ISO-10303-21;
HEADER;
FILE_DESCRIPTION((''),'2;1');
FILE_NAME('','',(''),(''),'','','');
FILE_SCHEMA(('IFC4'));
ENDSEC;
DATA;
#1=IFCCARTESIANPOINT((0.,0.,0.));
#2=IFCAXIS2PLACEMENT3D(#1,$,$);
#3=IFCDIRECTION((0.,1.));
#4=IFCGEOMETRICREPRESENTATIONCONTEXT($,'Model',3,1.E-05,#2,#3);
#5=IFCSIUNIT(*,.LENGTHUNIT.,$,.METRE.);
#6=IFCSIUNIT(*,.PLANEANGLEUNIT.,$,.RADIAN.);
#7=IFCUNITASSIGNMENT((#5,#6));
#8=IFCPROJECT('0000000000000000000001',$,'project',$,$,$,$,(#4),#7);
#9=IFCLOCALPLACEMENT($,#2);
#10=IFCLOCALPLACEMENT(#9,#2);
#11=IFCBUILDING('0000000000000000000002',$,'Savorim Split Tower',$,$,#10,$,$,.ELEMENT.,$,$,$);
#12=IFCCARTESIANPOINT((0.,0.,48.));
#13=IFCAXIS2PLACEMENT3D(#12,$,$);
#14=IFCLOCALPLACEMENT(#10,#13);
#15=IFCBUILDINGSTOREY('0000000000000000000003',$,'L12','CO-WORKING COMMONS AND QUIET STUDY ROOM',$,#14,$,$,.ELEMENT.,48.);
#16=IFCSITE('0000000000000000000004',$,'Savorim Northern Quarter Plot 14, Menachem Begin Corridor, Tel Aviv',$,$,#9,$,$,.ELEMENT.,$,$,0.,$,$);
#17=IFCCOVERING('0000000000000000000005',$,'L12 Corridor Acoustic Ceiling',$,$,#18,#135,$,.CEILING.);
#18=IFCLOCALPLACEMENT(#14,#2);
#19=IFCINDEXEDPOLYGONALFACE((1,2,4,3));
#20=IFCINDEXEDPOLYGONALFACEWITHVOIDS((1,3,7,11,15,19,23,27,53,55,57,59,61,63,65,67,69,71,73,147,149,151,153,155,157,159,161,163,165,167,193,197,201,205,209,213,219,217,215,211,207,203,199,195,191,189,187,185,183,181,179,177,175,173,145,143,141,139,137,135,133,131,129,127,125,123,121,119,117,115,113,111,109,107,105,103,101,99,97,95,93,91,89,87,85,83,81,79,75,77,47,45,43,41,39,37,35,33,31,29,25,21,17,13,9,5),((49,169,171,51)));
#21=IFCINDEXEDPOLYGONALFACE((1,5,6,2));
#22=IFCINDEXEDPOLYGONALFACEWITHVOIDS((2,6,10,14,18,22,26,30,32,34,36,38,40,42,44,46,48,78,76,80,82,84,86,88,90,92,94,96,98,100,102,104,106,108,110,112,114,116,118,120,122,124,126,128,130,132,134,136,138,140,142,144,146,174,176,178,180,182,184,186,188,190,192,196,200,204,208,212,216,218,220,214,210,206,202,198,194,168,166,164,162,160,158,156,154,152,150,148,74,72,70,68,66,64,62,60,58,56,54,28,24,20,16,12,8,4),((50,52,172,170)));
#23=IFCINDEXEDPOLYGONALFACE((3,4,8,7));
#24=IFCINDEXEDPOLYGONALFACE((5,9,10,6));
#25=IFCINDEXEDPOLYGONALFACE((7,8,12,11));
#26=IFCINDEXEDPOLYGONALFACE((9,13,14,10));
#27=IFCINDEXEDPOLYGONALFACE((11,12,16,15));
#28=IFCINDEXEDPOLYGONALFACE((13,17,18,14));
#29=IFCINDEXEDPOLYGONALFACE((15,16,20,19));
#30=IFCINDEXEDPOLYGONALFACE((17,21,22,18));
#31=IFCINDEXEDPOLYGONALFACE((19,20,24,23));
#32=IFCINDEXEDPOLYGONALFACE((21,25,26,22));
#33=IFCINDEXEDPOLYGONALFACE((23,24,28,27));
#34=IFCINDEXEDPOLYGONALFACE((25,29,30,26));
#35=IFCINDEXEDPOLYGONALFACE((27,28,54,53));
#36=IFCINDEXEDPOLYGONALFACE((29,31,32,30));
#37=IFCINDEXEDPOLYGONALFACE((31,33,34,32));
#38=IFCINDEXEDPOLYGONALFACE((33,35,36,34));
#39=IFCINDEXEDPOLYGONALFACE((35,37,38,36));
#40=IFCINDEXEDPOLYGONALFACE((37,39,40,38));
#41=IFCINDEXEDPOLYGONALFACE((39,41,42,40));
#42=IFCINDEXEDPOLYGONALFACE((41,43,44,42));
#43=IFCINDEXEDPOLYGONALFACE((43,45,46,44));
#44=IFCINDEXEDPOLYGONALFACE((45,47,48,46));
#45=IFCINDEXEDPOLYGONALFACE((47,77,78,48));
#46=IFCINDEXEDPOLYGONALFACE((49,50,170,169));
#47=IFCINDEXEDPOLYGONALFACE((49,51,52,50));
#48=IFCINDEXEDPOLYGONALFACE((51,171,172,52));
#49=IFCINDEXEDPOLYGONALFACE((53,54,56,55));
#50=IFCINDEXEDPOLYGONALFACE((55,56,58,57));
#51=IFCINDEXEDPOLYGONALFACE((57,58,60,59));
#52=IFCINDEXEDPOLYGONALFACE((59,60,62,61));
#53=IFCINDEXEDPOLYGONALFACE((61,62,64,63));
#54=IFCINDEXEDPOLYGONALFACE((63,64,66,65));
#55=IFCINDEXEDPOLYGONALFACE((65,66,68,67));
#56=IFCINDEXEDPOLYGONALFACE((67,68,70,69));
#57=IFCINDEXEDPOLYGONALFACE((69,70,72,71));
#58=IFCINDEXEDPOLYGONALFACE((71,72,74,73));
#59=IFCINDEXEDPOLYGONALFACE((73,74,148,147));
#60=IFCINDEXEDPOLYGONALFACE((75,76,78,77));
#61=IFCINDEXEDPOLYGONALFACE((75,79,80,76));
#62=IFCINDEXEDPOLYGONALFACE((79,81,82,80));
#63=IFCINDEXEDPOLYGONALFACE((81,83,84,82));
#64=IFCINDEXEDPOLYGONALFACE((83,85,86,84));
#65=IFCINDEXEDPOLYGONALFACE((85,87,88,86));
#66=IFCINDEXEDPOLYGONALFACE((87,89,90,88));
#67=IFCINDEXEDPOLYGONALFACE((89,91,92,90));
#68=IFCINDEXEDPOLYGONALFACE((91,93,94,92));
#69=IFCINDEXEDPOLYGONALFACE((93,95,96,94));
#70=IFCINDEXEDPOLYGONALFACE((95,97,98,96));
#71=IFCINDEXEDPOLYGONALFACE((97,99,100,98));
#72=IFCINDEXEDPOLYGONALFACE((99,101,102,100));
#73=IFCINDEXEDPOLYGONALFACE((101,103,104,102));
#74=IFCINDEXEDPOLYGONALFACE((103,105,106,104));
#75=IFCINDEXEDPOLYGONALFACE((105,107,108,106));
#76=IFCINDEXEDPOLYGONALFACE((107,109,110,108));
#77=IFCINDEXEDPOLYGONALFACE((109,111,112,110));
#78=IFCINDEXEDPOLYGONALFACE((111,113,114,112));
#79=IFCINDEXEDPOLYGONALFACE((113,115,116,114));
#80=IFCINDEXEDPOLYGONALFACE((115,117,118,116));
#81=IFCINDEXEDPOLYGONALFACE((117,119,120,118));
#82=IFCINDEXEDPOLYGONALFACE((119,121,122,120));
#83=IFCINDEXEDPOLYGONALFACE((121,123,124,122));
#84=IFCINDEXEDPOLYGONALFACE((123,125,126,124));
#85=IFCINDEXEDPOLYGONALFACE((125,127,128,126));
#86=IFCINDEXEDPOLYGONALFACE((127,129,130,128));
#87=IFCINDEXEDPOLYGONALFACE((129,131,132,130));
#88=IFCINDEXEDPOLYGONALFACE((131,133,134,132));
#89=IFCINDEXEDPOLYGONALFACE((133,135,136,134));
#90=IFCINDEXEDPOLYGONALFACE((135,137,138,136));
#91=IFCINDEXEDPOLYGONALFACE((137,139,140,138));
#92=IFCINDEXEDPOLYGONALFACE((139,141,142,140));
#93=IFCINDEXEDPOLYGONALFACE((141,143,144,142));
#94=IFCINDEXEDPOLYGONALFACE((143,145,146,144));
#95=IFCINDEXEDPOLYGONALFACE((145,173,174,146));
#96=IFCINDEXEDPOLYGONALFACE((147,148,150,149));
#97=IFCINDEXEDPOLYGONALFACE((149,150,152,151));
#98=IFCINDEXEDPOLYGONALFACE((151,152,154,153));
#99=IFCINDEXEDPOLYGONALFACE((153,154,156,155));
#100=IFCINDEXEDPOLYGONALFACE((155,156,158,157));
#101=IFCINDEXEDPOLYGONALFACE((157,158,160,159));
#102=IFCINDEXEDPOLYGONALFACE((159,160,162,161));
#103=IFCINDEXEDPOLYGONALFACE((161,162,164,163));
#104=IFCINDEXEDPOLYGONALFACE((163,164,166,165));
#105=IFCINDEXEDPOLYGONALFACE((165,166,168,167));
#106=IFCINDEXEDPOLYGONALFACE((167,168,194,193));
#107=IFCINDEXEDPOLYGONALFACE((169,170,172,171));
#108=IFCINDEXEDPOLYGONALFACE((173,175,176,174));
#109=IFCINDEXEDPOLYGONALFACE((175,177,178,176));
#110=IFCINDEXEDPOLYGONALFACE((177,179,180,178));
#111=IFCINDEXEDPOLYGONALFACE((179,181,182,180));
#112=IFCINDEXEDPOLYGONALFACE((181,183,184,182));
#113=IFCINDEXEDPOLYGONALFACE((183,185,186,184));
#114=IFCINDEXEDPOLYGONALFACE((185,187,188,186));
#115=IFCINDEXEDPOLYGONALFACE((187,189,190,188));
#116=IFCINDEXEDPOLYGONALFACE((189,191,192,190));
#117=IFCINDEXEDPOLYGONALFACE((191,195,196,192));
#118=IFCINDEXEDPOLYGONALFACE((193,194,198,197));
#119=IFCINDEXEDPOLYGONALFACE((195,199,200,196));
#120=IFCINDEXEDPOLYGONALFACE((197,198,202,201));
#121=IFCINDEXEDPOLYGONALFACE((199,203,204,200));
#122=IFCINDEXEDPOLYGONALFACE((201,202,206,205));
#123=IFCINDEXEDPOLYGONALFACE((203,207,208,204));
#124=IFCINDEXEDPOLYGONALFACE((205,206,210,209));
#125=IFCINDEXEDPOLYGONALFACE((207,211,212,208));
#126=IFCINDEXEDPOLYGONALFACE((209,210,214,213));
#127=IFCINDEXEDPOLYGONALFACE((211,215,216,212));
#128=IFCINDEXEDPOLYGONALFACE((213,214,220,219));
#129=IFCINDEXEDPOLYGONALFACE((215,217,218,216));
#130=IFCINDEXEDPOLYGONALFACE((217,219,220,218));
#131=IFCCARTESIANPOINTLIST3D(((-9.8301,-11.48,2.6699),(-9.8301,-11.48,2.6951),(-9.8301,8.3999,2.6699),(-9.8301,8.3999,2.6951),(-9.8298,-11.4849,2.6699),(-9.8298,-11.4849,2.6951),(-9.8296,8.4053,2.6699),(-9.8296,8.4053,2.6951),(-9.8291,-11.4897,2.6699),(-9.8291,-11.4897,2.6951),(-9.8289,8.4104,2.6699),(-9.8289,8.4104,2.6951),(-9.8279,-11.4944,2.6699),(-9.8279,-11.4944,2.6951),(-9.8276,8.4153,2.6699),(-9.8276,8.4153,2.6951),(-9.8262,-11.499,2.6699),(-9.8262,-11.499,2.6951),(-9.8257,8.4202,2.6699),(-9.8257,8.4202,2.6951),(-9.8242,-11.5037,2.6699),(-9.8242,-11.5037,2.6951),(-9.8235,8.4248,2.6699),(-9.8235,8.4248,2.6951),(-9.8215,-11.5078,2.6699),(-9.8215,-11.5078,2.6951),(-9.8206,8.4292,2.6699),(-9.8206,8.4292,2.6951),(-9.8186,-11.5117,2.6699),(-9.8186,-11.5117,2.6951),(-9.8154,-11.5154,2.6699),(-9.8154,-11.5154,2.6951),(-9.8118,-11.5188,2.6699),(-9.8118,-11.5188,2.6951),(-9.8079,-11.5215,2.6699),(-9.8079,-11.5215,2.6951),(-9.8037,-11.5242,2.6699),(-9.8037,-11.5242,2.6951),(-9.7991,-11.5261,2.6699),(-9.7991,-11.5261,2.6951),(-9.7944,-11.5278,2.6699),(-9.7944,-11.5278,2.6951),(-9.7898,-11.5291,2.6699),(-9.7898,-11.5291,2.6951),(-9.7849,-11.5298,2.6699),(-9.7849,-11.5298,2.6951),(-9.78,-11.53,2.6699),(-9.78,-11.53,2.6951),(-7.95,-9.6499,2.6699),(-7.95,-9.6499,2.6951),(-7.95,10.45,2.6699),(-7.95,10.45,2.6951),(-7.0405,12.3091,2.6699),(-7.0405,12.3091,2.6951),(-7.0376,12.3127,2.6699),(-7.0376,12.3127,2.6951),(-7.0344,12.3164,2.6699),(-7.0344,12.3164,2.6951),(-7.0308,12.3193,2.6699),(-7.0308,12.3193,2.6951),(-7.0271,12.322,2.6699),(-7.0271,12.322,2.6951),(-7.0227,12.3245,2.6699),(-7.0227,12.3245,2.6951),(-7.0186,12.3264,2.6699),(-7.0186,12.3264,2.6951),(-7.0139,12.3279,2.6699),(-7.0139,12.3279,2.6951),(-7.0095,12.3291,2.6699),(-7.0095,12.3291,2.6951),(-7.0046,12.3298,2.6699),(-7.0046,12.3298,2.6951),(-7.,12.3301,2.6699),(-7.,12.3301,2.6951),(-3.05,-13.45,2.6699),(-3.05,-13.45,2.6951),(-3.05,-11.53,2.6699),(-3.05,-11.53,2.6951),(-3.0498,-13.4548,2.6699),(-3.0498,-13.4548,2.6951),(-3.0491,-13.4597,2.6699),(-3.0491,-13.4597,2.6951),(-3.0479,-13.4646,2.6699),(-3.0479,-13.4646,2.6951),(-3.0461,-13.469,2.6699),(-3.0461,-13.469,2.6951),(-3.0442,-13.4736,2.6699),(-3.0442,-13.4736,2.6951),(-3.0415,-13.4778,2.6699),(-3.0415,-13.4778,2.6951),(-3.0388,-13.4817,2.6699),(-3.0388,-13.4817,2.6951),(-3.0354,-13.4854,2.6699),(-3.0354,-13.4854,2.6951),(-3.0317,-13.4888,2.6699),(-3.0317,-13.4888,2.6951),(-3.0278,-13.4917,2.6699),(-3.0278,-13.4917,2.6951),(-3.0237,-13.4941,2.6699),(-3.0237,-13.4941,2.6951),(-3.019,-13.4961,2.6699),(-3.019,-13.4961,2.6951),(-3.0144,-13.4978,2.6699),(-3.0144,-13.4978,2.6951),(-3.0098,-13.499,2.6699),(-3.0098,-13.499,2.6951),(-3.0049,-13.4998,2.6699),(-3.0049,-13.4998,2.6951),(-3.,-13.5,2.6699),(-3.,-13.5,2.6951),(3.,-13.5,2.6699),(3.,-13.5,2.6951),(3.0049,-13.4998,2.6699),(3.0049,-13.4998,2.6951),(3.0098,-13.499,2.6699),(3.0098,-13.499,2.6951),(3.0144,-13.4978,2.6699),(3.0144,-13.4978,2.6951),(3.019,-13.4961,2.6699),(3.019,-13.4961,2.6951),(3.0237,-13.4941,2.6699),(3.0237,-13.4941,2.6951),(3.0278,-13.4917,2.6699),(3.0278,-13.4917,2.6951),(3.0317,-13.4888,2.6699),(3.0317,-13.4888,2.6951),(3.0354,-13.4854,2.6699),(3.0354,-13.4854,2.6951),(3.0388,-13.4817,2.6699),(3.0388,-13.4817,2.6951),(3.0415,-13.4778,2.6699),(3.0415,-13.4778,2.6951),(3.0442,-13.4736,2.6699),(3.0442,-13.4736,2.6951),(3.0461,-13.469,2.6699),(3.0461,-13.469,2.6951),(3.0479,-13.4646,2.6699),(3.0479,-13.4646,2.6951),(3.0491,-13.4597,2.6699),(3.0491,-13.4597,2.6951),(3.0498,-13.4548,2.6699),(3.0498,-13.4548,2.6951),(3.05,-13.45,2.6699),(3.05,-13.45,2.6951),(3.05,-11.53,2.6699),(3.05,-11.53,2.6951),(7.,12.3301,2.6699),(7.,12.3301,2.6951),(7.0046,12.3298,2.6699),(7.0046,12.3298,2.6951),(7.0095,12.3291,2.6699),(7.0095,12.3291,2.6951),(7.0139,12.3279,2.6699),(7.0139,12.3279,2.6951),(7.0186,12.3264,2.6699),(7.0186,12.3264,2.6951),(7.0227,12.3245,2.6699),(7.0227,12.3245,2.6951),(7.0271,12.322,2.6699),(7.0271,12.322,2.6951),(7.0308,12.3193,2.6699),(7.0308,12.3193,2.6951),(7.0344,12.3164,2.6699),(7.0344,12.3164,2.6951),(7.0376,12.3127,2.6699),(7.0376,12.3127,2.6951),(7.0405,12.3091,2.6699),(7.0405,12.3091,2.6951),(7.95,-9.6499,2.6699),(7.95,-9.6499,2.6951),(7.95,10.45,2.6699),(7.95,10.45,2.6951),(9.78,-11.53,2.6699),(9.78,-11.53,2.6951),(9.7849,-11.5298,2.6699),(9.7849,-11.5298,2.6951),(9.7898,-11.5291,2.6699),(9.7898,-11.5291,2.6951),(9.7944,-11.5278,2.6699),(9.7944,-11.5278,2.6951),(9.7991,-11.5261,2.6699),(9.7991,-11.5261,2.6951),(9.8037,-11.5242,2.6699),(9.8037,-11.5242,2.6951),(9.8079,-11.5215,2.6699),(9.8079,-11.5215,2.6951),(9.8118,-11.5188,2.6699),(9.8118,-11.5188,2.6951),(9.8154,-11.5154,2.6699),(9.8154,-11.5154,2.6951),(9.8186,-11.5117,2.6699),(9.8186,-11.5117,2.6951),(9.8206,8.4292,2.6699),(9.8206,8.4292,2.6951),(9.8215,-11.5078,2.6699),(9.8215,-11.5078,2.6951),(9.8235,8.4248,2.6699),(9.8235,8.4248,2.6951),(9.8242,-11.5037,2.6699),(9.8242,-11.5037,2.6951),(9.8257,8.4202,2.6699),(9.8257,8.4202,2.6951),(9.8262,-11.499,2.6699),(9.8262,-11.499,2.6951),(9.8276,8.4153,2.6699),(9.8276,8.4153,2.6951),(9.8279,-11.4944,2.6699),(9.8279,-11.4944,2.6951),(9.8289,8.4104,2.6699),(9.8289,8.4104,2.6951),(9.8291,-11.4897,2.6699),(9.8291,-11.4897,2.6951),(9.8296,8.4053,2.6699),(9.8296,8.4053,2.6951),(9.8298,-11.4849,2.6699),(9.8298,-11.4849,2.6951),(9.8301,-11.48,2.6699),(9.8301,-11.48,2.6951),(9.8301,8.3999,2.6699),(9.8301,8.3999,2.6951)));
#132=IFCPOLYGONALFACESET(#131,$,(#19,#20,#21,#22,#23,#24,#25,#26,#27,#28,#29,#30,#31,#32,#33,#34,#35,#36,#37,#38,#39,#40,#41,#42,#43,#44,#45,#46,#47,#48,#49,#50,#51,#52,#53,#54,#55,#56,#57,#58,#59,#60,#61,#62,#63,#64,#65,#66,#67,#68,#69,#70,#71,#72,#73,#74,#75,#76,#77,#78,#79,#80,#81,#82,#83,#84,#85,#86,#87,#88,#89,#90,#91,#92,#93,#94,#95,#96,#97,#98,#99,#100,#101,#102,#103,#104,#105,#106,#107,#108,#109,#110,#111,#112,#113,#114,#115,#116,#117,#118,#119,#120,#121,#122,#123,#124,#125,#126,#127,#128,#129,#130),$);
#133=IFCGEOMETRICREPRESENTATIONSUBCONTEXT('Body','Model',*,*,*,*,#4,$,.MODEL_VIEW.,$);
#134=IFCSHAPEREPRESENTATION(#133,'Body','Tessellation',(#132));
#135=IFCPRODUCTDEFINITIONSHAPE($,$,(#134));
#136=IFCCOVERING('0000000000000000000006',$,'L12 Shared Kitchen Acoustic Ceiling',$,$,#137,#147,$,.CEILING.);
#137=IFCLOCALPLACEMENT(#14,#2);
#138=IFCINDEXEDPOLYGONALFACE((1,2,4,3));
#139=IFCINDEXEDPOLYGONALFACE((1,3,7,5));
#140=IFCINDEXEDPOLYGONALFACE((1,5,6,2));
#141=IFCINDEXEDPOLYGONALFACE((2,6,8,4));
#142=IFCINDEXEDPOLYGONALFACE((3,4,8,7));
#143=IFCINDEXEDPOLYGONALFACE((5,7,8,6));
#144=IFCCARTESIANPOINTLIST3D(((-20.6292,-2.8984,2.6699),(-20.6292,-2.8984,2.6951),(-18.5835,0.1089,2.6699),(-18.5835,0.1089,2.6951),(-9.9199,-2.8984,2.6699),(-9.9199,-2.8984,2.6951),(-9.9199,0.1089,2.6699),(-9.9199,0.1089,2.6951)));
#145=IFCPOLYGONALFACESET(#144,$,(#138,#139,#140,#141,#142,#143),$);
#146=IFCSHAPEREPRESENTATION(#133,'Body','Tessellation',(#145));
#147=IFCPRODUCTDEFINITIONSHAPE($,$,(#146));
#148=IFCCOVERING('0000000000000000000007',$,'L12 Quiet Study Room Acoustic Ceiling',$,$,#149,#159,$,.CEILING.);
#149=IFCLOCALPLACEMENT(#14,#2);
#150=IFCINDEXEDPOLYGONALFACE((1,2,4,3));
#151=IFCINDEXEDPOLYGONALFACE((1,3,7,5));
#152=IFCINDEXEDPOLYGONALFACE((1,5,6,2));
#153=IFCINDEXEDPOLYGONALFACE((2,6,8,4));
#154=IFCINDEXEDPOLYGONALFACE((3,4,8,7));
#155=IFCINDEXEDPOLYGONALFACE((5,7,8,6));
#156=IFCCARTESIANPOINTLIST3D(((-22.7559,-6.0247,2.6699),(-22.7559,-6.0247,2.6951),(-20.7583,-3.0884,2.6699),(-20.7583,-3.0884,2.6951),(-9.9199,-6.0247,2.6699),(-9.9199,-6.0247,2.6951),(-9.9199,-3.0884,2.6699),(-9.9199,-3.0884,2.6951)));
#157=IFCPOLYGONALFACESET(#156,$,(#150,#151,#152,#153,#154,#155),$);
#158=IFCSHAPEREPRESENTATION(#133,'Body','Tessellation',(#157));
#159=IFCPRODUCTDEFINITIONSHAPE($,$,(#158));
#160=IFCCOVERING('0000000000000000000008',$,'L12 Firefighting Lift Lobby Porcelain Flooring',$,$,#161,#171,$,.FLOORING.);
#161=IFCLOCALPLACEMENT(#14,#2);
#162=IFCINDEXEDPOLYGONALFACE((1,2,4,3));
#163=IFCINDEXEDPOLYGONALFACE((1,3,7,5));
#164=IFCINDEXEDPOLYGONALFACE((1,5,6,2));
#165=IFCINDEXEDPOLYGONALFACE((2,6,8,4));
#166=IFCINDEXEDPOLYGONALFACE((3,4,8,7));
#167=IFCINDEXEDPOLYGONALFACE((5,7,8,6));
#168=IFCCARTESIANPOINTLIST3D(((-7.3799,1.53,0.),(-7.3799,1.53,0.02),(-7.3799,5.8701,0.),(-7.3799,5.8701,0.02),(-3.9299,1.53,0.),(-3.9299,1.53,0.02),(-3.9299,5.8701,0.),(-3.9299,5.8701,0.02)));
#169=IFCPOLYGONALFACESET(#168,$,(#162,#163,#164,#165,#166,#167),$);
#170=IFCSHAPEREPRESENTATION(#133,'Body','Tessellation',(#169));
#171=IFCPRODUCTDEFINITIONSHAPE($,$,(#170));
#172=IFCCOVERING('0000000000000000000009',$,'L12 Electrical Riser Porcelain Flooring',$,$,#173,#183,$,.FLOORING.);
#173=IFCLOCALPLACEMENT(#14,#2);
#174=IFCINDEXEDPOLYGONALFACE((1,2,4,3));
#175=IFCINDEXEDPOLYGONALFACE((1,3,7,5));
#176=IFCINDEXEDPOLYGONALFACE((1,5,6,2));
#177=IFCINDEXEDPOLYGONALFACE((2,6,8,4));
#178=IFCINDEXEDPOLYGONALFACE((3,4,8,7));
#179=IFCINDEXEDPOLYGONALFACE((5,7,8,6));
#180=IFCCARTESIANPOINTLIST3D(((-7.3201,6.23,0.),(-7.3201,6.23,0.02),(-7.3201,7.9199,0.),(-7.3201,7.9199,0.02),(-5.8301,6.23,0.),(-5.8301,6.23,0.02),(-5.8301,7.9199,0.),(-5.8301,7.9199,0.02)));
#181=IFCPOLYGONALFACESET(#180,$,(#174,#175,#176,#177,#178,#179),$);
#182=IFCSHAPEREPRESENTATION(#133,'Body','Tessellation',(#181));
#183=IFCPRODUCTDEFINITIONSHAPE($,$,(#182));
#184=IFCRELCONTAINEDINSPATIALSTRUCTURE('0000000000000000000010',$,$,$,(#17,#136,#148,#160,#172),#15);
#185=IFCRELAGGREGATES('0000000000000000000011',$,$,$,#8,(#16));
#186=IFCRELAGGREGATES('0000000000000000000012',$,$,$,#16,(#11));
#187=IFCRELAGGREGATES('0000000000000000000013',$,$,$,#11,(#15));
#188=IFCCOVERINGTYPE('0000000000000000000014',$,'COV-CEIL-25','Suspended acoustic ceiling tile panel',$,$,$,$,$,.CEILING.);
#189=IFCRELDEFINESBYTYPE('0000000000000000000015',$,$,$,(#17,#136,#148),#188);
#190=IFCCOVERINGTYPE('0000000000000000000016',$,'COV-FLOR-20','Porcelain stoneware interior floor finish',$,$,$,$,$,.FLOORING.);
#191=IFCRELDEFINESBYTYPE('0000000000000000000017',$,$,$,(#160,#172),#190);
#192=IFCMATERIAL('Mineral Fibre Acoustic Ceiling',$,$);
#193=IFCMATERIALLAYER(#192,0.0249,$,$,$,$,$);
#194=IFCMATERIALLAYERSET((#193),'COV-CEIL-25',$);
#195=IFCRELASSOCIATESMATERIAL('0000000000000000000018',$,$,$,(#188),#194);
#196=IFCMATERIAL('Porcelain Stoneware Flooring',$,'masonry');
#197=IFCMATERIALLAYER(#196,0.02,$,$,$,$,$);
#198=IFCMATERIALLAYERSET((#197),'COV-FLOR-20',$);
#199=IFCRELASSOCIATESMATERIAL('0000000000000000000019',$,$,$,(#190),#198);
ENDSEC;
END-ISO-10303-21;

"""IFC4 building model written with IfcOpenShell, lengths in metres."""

from ifc_helpers import new_model, si_unit, direction, frame, origin, place, context, subcontext, project, spatial, polyline, outline, extrude, material, layer, layer_set, type_object, element, save


model = new_model("IFC4")

# Units and contexts
model_context = context("Model", 3, precision=1e-05, world=origin(), true_north=direction((0.0, 1.0)))
body_context = subcontext(model_context, "Body", "Model", "MODEL_VIEW")
ifc_project = project(units=[si_unit("LENGTHUNIT", "METRE"), si_unit("PLANEANGLEUNIT", "RADIAN")], contexts=[model_context])

# Site, building, storey
site_placement = place(None, origin())
site = spatial("IfcSite", under=ifc_project, at=site_placement, Name="Savorim Northern Quarter Plot 14, Menachem Begin Corridor, Tel Aviv", CompositionType="ELEMENT", RefElevation=0.0)
building_placement = place(site_placement, origin())
building = spatial("IfcBuilding", under=site, at=building_placement, Name="Savorim Split Tower", CompositionType="ELEMENT")
storey_placement = place(building_placement, frame((0.0, 0.0, 48.0)))
storey = spatial("IfcBuildingStorey", under=building, at=storey_placement, Name="L12", Description="CO-WORKING COMMONS AND QUIET STUDY ROOM", CompositionType="ELEMENT", Elevation=48.0)

# Coverings
ifc_material_1 = material(Name="Mineral Fibre Acoustic Ceiling")
ifc_layer_1 = layer(ifc_material_1, 0.0249)
ifc_layer_set_1 = layer_set([ifc_layer_1], Name="COV-CEIL-25")
covering_type_1 = type_object("IfcCoveringType", Name="COV-CEIL-25", Description="Suspended acoustic ceiling tile panel", PredefinedType="CEILING", material=ifc_layer_set_1)
covering_1_placement = place(storey_placement, frame((0.0, 0.0, 2.6699)))
element("IfcCovering", 1, at=covering_1_placement, inside=storey, type_object=covering_type_1, Name="L12 Corridor Acoustic Ceiling", PredefinedType="CEILING", context=body_context, shape_type="SweptSolid", body=[
    extrude(outline(polyline([(7.0095, 12.3291), (7.0046, 12.3298), (7.0, 12.3301), (-7.0, 12.3301), (-7.0046, 12.3298), (-7.0095, 12.3291), (-7.0139, 12.3279), (-7.0186, 12.3264), (-7.0227, 12.3245), (-7.0271, 12.322), (-7.0308, 12.3193), (-7.0344, 12.3164), (-7.0376, 12.3127), (-7.0405, 12.3091), (-9.8206, 8.4292), (-9.8235, 8.4248), (-9.8257, 8.4202), (-9.8276, 8.4153), (-9.8289, 8.4104), (-9.8296, 8.4053), (-9.8301, 8.3999), (-9.8301, -11.48), (-9.8298, -11.4849), (-9.8291, -11.4897), (-9.8279, -11.4944), (-9.8262, -11.499), (-9.8242, -11.5037), (-9.8215, -11.5078), (-9.8186, -11.5117), (-9.8154, -11.5154), (-9.8118, -11.5188), (-9.8079, -11.5215), (-9.8037, -11.5242), (-9.7991, -11.5261), (-9.7944, -11.5278), (-9.7898, -11.5291), (-9.7849, -11.5298), (-9.78, -11.53), (-3.05, -11.53), (-3.05, -13.45), (-3.0498, -13.4548), (-3.0491, -13.4597), (-3.0479, -13.4646), (-3.0461, -13.469), (-3.0442, -13.4736), (-3.0415, -13.4778), (-3.0388, -13.4817), (-3.0354, -13.4854), (-3.0317, -13.4888), (-3.0278, -13.4917), (-3.0237, -13.4941), (-3.019, -13.4961), (-3.0144, -13.4978), (-3.0098, -13.499), (-3.0049, -13.4998), (-3.0, -13.5), (3.0, -13.5), (3.0049, -13.4998), (3.0098, -13.499), (3.0144, -13.4978), (3.019, -13.4961), (3.0237, -13.4941), (3.0278, -13.4917), (3.0317, -13.4888), (3.0354, -13.4854), (3.0388, -13.4817), (3.0415, -13.4778), (3.0442, -13.4736), (3.0461, -13.469), (3.0479, -13.4646), (3.0491, -13.4597), (3.0498, -13.4548), (3.05, -13.45), (3.05, -11.53), (9.78, -11.53), (9.7849, -11.5298), (9.7898, -11.5291), (9.7944, -11.5278), (9.7991, -11.5261), (9.8037, -11.5242), (9.8079, -11.5215), (9.8118, -11.5188), (9.8154, -11.5154), (9.8186, -11.5117), (9.8215, -11.5078), (9.8242, -11.5037), (9.8262, -11.499), (9.8279, -11.4944), (9.8291, -11.4897), (9.8298, -11.4849), (9.8301, -11.48), (9.8301, 8.3999), (9.8296, 8.4053), (9.8289, 8.4104), (9.8276, 8.4153), (9.8257, 8.4202), (9.8235, 8.4248), (9.8206, 8.4292), (7.0405, 12.3091), (7.0376, 12.3127), (7.0344, 12.3164), (7.0308, 12.3193), (7.0271, 12.322), (7.0227, 12.3245), (7.0186, 12.3264), (7.0139, 12.3279), (7.0095, 12.3291)]), holes=[polyline([(-7.95, 10.45), (-7.95, -9.6499), (7.95, -9.6499), (7.95, 10.45), (-7.95, 10.45)])]), origin(), (0.0, 0.0, 1.0), 0.0251),
])
covering_2_placement = place(storey_placement, frame((0.0, 0.0, 2.6699)))
element("IfcCovering", 2, at=covering_2_placement, inside=storey, type_object=covering_type_1, Name="L12 Shared Kitchen Acoustic Ceiling", PredefinedType="CEILING", context=body_context, shape_type="SweptSolid", body=[
    extrude(outline(polyline([(-18.5835, 0.1089), (-20.6292, -2.8984), (-9.9199, -2.8984), (-9.9199, 0.1089), (-18.5835, 0.1089)])), origin(), (0.0, 0.0, 1.0), 0.0251),
])
covering_3_placement = place(storey_placement, frame((0.0, 0.0, 2.6699)))
element("IfcCovering", 3, at=covering_3_placement, inside=storey, type_object=covering_type_1, Name="L12 Quiet Study Room Acoustic Ceiling", PredefinedType="CEILING", context=body_context, shape_type="SweptSolid", body=[
    extrude(outline(polyline([(-20.7583, -3.0884), (-22.7559, -6.0247), (-9.9199, -6.0247), (-9.9199, -3.0884), (-20.7583, -3.0884)])), origin(), (0.0, 0.0, 1.0), 0.0251),
])
ifc_material_2 = material(Name="Porcelain Stoneware Flooring", Category="masonry")
ifc_layer_2 = layer(ifc_material_2, 0.02)
ifc_layer_set_2 = layer_set([ifc_layer_2], Name="COV-FLOR-20")
covering_type_2 = type_object("IfcCoveringType", Name="COV-FLOR-20", Description="Porcelain stoneware interior floor finish", PredefinedType="FLOORING", material=ifc_layer_set_2)
covering_4_placement = place(storey_placement, origin())
element("IfcCovering", 4, at=covering_4_placement, inside=storey, type_object=covering_type_2, Name="L12 Firefighting Lift Lobby Porcelain Flooring", PredefinedType="FLOORING", context=body_context, shape_type="SweptSolid", body=[
    extrude(outline(polyline([(-7.3799, 5.8701), (-7.3799, 1.53), (-3.9299, 1.53), (-3.9299, 5.8701), (-7.3799, 5.8701)])), origin(), (0.0, 0.0, 1.0), 0.02),
])
covering_5_placement = place(storey_placement, origin())
element("IfcCovering", 5, at=covering_5_placement, inside=storey, type_object=covering_type_2, Name="L12 Electrical Riser Porcelain Flooring", PredefinedType="FLOORING", context=body_context, shape_type="SweptSolid", body=[
    extrude(outline(polyline([(-7.3201, 7.9199), (-7.3201, 6.23), (-5.8301, 6.23), (-5.8301, 7.9199), (-7.3201, 7.9199)])), origin(), (0.0, 0.0, 1.0), 0.02),
])

save(model, "model.ifc")
